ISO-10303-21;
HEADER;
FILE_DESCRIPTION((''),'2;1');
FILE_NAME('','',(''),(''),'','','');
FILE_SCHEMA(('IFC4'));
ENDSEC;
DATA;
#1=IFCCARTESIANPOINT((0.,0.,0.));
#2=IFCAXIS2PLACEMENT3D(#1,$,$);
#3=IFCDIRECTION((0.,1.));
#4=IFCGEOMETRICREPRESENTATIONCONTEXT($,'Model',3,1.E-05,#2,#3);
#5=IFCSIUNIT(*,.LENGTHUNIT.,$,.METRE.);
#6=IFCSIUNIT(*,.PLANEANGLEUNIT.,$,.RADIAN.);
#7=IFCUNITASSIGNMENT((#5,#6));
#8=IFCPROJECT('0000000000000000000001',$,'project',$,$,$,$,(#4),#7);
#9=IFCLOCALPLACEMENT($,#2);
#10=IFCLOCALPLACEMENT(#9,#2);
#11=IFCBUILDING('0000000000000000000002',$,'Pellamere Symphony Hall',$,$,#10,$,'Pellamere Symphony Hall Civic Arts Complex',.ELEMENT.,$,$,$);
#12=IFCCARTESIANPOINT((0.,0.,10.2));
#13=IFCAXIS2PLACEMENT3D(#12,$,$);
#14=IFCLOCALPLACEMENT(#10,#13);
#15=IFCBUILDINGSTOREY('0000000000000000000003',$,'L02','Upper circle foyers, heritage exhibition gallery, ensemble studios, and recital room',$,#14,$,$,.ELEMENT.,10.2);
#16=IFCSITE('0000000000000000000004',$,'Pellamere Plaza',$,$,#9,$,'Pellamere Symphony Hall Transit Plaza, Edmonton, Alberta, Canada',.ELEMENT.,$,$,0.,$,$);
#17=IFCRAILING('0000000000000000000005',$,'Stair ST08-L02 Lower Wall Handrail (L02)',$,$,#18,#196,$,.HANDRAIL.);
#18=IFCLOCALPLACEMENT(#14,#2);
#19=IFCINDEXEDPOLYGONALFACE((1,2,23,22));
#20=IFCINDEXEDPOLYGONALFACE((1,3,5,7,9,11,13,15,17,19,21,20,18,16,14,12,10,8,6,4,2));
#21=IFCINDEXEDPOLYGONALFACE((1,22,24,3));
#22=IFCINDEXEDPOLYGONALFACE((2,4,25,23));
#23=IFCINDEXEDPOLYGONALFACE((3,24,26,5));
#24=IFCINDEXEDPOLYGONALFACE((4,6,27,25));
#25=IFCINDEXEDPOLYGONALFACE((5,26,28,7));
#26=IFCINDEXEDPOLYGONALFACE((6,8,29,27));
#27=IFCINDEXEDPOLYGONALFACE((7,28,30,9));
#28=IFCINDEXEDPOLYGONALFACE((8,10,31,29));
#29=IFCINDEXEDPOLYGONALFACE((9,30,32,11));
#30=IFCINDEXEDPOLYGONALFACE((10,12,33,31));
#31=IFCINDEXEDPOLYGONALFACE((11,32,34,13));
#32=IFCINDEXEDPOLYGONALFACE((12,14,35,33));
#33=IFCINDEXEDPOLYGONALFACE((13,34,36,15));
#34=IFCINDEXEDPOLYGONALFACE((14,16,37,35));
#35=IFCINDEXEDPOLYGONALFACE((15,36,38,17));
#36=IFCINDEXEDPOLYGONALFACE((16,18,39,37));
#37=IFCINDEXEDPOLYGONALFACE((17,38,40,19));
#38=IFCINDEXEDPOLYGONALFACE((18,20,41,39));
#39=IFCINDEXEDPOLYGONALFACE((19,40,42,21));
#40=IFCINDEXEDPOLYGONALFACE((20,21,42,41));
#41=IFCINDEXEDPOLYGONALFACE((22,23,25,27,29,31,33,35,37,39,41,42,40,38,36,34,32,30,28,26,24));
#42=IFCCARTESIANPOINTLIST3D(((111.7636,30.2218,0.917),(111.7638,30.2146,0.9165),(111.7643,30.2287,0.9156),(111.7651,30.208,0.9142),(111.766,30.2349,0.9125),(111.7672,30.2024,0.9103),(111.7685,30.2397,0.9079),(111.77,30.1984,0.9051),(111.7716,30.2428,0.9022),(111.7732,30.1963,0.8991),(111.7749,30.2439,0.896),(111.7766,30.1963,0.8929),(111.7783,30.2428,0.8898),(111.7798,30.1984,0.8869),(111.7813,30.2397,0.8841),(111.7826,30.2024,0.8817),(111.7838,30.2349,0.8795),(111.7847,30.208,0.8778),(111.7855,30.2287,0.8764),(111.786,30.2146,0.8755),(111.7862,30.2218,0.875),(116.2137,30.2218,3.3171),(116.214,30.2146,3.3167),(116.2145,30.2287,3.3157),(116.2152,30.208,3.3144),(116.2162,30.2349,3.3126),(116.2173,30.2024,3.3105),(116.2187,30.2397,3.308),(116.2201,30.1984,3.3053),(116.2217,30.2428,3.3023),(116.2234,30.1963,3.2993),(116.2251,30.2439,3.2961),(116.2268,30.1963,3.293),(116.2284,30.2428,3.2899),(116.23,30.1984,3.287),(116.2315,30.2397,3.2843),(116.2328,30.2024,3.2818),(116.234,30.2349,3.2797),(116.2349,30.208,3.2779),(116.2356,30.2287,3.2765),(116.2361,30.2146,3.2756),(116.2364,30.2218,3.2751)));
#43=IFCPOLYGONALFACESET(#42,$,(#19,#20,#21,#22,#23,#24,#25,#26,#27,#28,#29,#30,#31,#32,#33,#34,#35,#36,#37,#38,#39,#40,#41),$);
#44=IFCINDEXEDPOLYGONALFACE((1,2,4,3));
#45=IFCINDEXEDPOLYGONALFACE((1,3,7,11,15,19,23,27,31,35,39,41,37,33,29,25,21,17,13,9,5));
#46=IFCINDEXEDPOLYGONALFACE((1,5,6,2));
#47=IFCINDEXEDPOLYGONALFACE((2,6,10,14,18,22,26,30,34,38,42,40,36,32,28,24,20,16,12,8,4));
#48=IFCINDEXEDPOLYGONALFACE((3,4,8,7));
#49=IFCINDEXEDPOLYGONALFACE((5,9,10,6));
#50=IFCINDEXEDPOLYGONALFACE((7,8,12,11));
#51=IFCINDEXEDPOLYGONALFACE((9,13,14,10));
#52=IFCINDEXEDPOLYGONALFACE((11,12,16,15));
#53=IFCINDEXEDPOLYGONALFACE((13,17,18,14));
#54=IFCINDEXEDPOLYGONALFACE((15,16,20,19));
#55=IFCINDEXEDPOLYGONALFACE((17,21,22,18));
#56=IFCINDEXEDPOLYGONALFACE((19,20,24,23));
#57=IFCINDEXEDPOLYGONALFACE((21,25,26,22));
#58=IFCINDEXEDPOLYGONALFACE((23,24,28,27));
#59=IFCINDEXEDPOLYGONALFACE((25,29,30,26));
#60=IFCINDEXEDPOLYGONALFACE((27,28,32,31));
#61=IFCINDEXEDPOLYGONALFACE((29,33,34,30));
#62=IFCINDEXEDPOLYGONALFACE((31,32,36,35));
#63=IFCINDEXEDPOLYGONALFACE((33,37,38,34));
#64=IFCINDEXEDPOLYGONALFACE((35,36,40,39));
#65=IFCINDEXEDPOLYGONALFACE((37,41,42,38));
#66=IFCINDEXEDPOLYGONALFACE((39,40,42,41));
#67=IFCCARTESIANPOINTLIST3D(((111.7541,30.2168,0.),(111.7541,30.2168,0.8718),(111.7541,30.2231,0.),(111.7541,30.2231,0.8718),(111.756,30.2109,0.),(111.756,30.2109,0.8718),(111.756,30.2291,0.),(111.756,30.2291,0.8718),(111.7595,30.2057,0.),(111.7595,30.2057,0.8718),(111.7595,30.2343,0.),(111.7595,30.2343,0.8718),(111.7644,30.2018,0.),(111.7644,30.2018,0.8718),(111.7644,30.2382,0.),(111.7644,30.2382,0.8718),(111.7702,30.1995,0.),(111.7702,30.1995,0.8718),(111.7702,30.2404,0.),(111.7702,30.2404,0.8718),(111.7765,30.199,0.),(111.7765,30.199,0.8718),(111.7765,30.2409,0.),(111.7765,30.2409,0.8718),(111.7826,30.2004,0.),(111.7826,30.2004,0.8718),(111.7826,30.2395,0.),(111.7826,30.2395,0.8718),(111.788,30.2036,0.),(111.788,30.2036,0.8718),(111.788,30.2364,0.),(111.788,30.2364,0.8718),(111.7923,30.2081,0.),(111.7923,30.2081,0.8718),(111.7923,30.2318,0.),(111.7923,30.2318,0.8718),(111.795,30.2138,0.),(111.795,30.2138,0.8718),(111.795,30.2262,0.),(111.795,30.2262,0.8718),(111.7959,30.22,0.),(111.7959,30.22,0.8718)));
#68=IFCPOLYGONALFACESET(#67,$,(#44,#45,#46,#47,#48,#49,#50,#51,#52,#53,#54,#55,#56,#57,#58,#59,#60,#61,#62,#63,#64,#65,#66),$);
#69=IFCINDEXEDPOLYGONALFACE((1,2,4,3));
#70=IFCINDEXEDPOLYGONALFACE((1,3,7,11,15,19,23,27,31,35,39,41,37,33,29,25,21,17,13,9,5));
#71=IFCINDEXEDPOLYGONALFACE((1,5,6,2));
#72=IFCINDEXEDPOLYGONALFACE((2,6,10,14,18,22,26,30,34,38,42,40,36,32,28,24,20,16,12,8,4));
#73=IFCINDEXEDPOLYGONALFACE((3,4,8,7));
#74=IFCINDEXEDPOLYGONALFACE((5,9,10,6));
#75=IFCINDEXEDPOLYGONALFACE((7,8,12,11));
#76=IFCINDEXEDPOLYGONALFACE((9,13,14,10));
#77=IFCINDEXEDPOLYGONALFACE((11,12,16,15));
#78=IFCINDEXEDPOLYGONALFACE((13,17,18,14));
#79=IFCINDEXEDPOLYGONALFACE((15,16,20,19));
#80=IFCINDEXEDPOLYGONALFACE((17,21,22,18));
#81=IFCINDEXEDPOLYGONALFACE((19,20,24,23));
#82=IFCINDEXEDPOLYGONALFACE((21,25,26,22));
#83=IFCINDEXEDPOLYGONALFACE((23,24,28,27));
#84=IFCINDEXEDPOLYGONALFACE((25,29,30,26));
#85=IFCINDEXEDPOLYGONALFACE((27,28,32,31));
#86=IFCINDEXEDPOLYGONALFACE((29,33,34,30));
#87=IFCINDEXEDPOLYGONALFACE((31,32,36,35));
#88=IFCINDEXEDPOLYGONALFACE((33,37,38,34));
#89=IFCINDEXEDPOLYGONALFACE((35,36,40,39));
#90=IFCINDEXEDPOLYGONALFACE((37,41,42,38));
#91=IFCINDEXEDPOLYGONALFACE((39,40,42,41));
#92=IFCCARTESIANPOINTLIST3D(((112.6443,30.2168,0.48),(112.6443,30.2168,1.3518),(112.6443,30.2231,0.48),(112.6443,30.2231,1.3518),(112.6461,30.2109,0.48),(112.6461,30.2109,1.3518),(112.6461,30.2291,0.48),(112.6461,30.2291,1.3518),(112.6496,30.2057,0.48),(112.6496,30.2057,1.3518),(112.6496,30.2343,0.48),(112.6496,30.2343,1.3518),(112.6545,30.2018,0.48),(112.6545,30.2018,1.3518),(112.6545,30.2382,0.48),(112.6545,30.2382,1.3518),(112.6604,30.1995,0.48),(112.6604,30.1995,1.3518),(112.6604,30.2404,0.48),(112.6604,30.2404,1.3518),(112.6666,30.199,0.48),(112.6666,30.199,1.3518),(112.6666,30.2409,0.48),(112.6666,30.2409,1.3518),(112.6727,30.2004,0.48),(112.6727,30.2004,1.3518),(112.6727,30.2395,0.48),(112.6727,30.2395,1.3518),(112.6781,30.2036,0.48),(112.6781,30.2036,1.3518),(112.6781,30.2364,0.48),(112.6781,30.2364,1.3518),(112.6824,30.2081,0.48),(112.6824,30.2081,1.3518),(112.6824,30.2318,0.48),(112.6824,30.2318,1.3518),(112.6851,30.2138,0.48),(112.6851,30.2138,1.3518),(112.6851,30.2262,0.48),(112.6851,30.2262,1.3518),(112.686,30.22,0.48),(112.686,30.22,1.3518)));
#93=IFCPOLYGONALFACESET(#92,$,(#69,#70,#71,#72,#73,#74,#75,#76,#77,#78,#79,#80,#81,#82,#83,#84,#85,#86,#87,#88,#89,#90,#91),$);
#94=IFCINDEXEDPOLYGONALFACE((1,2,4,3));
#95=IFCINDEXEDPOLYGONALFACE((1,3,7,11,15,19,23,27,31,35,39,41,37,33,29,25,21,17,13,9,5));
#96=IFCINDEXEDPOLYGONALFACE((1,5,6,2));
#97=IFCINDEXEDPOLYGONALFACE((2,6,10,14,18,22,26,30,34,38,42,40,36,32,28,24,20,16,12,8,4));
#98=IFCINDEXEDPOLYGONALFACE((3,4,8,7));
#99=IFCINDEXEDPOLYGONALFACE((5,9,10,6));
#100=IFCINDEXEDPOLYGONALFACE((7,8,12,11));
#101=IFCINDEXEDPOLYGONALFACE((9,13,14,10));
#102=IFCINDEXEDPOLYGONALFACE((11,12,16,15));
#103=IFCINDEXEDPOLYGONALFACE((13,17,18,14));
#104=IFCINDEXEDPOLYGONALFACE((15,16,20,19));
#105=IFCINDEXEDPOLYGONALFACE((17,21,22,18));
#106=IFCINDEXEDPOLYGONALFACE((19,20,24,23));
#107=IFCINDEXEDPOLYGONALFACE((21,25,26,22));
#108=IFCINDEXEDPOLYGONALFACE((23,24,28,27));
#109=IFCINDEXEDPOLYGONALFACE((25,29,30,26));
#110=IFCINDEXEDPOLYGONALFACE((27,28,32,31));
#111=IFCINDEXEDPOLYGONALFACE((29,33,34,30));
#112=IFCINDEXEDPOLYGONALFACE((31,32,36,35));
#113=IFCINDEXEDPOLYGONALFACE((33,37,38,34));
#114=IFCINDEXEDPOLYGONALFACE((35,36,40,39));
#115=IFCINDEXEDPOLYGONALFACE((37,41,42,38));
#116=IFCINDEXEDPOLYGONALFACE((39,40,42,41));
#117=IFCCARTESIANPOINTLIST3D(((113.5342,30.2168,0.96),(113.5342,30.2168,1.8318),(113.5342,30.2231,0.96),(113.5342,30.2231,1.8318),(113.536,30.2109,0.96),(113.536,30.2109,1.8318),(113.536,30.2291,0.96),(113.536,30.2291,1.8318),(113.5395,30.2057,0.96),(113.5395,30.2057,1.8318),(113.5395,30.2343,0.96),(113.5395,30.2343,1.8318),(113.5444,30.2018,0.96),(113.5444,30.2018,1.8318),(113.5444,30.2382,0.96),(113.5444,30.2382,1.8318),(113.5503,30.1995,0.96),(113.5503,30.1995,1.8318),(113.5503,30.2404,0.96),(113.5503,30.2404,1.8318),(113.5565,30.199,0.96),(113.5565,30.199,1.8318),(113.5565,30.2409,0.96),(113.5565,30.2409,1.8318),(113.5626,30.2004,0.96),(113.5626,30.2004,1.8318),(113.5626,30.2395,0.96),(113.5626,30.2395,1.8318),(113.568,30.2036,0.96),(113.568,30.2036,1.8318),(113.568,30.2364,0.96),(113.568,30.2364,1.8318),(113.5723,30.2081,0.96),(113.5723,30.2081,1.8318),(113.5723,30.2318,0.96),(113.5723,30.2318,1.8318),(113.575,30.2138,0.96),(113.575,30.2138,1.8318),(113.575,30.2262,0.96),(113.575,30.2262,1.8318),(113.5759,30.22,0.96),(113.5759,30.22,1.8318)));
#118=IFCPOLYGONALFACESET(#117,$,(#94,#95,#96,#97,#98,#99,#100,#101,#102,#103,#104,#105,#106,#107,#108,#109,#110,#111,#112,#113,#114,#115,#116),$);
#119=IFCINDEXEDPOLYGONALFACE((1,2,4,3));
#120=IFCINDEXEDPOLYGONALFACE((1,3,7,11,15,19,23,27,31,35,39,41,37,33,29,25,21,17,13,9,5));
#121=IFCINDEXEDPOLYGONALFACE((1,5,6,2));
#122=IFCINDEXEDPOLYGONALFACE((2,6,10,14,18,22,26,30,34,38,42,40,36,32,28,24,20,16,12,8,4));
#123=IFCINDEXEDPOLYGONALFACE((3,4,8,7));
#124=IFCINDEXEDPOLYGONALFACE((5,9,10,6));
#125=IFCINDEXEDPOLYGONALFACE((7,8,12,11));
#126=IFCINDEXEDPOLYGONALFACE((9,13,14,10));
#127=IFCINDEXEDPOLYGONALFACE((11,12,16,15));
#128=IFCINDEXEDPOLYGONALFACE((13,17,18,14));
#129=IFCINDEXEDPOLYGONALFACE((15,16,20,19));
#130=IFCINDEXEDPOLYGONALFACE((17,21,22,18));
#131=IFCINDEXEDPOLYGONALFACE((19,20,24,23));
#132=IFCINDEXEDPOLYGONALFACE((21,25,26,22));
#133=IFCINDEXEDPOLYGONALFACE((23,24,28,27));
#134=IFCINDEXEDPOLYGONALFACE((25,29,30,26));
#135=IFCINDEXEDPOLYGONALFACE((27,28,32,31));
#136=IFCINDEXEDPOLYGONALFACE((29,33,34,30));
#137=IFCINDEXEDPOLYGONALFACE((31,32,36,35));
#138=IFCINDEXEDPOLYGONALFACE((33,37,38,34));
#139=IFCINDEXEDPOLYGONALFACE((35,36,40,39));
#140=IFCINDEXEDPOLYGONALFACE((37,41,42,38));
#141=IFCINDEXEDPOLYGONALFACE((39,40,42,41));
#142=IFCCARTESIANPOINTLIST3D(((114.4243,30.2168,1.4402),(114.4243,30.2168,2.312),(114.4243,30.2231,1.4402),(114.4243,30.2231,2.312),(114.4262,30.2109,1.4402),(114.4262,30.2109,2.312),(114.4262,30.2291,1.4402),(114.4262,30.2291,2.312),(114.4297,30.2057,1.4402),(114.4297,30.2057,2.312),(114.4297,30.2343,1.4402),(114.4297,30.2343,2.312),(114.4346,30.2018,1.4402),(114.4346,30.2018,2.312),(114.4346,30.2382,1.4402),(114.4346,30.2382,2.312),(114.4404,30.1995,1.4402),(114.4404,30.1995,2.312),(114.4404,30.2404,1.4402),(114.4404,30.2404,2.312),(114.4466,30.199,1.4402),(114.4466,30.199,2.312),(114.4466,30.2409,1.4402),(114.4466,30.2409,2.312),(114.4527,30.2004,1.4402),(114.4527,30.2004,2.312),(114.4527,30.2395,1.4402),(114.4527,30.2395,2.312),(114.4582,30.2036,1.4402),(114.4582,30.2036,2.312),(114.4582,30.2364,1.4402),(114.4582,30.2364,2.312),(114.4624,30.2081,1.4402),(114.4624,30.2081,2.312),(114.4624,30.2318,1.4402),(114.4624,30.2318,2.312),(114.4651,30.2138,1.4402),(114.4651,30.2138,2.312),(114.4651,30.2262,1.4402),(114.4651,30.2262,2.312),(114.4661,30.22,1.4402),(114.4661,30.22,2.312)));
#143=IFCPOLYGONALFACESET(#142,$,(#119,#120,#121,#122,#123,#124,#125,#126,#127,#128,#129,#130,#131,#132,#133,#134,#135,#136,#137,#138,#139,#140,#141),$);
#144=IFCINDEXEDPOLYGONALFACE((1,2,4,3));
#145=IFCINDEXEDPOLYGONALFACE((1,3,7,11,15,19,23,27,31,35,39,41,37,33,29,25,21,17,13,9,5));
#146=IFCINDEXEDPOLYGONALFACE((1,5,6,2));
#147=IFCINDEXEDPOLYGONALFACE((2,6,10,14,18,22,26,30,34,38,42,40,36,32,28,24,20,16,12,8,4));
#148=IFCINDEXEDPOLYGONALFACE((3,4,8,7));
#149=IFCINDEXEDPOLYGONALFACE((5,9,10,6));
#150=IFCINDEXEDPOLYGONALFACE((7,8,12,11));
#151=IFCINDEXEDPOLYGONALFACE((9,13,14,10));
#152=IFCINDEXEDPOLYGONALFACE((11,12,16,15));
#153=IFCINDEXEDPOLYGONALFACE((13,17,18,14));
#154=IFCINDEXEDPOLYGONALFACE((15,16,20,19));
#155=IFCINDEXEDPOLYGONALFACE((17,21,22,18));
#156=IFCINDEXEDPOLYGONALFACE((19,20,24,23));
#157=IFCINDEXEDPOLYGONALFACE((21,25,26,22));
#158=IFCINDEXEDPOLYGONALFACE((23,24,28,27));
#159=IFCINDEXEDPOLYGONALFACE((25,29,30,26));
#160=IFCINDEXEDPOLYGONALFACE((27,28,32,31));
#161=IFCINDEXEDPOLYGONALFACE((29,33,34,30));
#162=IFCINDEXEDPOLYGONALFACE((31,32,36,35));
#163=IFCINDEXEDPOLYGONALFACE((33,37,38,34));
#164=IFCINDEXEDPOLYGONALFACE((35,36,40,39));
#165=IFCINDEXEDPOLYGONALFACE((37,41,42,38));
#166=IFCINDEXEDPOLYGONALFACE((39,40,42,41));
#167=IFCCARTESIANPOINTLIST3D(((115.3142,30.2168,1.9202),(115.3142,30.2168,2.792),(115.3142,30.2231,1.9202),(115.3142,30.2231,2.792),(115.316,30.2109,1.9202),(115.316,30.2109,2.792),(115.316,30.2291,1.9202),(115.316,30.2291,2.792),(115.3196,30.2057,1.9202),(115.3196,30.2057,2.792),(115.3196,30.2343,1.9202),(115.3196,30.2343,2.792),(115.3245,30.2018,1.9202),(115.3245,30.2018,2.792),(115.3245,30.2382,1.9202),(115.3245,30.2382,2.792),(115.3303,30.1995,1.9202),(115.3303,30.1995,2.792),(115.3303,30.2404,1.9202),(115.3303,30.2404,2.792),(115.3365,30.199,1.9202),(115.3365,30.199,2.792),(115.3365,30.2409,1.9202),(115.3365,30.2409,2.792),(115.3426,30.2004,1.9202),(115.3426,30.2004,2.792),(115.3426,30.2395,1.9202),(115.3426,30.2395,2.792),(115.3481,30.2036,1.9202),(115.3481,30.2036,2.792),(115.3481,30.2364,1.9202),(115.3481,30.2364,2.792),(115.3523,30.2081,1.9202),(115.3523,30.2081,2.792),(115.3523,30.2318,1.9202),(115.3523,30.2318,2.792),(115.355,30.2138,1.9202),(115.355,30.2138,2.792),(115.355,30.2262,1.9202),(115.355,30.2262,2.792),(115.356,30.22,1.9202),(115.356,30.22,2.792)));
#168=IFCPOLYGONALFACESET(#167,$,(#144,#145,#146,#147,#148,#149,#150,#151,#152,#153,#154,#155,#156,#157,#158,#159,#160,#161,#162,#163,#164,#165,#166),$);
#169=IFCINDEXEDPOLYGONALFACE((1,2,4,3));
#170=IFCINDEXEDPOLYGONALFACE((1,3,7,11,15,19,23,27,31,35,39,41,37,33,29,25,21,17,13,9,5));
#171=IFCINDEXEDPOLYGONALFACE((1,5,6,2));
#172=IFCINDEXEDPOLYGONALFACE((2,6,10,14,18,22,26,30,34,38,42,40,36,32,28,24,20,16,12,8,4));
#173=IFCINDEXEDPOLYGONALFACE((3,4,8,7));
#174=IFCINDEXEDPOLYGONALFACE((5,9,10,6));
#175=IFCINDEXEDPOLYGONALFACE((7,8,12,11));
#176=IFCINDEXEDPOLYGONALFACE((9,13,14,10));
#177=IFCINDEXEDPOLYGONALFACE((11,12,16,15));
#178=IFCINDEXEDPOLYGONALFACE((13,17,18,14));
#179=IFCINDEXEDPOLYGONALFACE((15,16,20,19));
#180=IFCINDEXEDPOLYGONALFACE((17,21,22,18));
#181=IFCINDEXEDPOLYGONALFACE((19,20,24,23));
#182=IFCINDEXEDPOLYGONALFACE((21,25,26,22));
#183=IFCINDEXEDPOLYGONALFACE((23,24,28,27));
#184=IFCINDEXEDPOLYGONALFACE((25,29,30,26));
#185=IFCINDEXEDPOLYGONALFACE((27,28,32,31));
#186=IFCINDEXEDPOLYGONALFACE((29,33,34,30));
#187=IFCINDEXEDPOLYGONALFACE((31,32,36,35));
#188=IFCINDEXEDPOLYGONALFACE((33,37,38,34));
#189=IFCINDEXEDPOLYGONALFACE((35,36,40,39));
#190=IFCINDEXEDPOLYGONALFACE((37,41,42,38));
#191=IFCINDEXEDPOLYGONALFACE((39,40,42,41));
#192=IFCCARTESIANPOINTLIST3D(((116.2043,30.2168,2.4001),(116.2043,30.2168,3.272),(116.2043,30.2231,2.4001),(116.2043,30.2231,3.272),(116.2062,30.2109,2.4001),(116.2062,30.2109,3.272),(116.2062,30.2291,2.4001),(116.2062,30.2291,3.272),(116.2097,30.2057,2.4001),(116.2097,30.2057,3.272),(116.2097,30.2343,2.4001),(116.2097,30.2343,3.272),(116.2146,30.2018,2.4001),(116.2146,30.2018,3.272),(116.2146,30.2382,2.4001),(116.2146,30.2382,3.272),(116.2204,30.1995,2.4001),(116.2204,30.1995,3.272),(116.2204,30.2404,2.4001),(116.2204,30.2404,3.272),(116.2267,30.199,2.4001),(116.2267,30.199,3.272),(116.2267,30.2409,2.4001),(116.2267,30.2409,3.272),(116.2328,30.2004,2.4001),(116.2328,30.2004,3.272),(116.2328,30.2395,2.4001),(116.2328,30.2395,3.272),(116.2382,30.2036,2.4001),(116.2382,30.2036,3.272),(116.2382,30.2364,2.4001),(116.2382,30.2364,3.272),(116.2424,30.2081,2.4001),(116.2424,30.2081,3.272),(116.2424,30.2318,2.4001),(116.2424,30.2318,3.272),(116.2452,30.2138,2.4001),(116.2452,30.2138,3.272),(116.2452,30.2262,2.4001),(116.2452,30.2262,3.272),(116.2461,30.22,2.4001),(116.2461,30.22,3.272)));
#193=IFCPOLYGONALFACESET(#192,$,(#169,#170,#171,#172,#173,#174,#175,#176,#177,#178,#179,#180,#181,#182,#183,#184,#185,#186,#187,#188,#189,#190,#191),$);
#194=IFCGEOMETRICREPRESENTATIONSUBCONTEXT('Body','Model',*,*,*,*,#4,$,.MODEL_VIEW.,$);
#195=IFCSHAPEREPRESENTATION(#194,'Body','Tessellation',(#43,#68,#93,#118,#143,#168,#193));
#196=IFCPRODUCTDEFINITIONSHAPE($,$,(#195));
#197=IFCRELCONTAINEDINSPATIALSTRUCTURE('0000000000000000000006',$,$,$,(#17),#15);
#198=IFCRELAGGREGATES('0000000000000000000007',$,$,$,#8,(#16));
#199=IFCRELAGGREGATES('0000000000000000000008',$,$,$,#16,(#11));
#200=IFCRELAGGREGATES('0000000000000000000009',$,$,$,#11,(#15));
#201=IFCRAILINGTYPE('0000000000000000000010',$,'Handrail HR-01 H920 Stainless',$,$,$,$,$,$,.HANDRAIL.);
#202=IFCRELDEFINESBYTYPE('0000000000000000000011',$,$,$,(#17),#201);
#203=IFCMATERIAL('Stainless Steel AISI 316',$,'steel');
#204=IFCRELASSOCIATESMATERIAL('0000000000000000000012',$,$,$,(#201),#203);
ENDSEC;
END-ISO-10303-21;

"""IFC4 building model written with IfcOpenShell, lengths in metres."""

from ifc_helpers import new_model, si_unit, direction, frame, origin, origin_2d, place, context, subcontext, project, spatial, circle, extrude, material, type_object, element, save


model = new_model("IFC4")

# Units and contexts
model_context = context("Model", 3, precision=1e-05, world=origin(), true_north=direction((0.0, 1.0)))
body_context = subcontext(model_context, "Body", "Model", "MODEL_VIEW")
ifc_project = project(units=[si_unit("LENGTHUNIT", "METRE"), si_unit("PLANEANGLEUNIT", "RADIAN")], contexts=[model_context])

# Site, building, storey
site_placement = place(None, origin())
site = spatial("IfcSite", under=ifc_project, at=site_placement, Name="Pellamere Plaza", LongName="Pellamere Symphony Hall Transit Plaza, Edmonton, Alberta, Canada", CompositionType="ELEMENT", RefElevation=0.0)
building_placement = place(site_placement, origin())
building = spatial("IfcBuilding", under=site, at=building_placement, Name="Pellamere Symphony Hall", LongName="Pellamere Symphony Hall Civic Arts Complex", CompositionType="ELEMENT")
storey_placement = place(building_placement, frame((0.0, 0.0, 10.2)))
storey = spatial("IfcBuildingStorey", under=building, at=storey_placement, Name="L02", Description="Upper circle foyers, heritage exhibition gallery, ensemble studios, and recital room", CompositionType="ELEMENT", Elevation=10.2)

# Railing
ifc_material_1 = material(Name="Stainless Steel AISI 316", Category="steel")
railing_type_1 = type_object("IfcRailingType", Name="Handrail HR-01 H920 Stainless", PredefinedType="HANDRAIL", material=ifc_material_1)
railing_1_placement = place(storey_placement, frame((111.7749, 30.22, 0.0)))
element("IfcRailing", 1, at=railing_1_placement, inside=storey, type_object=railing_type_1, Name="Stair ST08-L02 Lower Wall Handrail (L02)", PredefinedType="HANDRAIL", context=body_context, shape_type="SweptSolid", body=[
    extrude(circle(Radius=0.0239, at=origin_2d()), frame((0.0, 0.0, 0.896), z_axis=(0.88015, 0.0, 0.474696), x_axis=(0.0, 1.0, 0.0)), (0.0, 0.0, 1.0), 5.0562),
    extrude(circle(Radius=0.021, at=origin_2d()), origin(), (0.0, 0.0, 1.0), 0.8718),
    extrude(circle(Radius=0.021, at=origin_2d()), frame((0.8901, 0.0, 0.48)), (0.0, 0.0, 1.0), 0.8718),
    extrude(circle(Radius=0.021, at=origin_2d()), frame((1.78, 0.0, 0.96)), (0.0, 0.0, 1.0), 0.8718),
    extrude(circle(Radius=0.021, at=origin_2d()), frame((2.6702, 0.0, 1.4402)), (0.0, 0.0, 1.0), 0.8718),
    extrude(circle(Radius=0.021, at=origin_2d()), frame((3.5601, 0.0, 1.9202)), (0.0, 0.0, 1.0), 0.8718),
    extrude(circle(Radius=0.021, at=origin_2d()), frame((4.4502, 0.0, 2.4001)), (0.0, 0.0, 1.0), 0.8718),
])

save(model, "model.ifc")
